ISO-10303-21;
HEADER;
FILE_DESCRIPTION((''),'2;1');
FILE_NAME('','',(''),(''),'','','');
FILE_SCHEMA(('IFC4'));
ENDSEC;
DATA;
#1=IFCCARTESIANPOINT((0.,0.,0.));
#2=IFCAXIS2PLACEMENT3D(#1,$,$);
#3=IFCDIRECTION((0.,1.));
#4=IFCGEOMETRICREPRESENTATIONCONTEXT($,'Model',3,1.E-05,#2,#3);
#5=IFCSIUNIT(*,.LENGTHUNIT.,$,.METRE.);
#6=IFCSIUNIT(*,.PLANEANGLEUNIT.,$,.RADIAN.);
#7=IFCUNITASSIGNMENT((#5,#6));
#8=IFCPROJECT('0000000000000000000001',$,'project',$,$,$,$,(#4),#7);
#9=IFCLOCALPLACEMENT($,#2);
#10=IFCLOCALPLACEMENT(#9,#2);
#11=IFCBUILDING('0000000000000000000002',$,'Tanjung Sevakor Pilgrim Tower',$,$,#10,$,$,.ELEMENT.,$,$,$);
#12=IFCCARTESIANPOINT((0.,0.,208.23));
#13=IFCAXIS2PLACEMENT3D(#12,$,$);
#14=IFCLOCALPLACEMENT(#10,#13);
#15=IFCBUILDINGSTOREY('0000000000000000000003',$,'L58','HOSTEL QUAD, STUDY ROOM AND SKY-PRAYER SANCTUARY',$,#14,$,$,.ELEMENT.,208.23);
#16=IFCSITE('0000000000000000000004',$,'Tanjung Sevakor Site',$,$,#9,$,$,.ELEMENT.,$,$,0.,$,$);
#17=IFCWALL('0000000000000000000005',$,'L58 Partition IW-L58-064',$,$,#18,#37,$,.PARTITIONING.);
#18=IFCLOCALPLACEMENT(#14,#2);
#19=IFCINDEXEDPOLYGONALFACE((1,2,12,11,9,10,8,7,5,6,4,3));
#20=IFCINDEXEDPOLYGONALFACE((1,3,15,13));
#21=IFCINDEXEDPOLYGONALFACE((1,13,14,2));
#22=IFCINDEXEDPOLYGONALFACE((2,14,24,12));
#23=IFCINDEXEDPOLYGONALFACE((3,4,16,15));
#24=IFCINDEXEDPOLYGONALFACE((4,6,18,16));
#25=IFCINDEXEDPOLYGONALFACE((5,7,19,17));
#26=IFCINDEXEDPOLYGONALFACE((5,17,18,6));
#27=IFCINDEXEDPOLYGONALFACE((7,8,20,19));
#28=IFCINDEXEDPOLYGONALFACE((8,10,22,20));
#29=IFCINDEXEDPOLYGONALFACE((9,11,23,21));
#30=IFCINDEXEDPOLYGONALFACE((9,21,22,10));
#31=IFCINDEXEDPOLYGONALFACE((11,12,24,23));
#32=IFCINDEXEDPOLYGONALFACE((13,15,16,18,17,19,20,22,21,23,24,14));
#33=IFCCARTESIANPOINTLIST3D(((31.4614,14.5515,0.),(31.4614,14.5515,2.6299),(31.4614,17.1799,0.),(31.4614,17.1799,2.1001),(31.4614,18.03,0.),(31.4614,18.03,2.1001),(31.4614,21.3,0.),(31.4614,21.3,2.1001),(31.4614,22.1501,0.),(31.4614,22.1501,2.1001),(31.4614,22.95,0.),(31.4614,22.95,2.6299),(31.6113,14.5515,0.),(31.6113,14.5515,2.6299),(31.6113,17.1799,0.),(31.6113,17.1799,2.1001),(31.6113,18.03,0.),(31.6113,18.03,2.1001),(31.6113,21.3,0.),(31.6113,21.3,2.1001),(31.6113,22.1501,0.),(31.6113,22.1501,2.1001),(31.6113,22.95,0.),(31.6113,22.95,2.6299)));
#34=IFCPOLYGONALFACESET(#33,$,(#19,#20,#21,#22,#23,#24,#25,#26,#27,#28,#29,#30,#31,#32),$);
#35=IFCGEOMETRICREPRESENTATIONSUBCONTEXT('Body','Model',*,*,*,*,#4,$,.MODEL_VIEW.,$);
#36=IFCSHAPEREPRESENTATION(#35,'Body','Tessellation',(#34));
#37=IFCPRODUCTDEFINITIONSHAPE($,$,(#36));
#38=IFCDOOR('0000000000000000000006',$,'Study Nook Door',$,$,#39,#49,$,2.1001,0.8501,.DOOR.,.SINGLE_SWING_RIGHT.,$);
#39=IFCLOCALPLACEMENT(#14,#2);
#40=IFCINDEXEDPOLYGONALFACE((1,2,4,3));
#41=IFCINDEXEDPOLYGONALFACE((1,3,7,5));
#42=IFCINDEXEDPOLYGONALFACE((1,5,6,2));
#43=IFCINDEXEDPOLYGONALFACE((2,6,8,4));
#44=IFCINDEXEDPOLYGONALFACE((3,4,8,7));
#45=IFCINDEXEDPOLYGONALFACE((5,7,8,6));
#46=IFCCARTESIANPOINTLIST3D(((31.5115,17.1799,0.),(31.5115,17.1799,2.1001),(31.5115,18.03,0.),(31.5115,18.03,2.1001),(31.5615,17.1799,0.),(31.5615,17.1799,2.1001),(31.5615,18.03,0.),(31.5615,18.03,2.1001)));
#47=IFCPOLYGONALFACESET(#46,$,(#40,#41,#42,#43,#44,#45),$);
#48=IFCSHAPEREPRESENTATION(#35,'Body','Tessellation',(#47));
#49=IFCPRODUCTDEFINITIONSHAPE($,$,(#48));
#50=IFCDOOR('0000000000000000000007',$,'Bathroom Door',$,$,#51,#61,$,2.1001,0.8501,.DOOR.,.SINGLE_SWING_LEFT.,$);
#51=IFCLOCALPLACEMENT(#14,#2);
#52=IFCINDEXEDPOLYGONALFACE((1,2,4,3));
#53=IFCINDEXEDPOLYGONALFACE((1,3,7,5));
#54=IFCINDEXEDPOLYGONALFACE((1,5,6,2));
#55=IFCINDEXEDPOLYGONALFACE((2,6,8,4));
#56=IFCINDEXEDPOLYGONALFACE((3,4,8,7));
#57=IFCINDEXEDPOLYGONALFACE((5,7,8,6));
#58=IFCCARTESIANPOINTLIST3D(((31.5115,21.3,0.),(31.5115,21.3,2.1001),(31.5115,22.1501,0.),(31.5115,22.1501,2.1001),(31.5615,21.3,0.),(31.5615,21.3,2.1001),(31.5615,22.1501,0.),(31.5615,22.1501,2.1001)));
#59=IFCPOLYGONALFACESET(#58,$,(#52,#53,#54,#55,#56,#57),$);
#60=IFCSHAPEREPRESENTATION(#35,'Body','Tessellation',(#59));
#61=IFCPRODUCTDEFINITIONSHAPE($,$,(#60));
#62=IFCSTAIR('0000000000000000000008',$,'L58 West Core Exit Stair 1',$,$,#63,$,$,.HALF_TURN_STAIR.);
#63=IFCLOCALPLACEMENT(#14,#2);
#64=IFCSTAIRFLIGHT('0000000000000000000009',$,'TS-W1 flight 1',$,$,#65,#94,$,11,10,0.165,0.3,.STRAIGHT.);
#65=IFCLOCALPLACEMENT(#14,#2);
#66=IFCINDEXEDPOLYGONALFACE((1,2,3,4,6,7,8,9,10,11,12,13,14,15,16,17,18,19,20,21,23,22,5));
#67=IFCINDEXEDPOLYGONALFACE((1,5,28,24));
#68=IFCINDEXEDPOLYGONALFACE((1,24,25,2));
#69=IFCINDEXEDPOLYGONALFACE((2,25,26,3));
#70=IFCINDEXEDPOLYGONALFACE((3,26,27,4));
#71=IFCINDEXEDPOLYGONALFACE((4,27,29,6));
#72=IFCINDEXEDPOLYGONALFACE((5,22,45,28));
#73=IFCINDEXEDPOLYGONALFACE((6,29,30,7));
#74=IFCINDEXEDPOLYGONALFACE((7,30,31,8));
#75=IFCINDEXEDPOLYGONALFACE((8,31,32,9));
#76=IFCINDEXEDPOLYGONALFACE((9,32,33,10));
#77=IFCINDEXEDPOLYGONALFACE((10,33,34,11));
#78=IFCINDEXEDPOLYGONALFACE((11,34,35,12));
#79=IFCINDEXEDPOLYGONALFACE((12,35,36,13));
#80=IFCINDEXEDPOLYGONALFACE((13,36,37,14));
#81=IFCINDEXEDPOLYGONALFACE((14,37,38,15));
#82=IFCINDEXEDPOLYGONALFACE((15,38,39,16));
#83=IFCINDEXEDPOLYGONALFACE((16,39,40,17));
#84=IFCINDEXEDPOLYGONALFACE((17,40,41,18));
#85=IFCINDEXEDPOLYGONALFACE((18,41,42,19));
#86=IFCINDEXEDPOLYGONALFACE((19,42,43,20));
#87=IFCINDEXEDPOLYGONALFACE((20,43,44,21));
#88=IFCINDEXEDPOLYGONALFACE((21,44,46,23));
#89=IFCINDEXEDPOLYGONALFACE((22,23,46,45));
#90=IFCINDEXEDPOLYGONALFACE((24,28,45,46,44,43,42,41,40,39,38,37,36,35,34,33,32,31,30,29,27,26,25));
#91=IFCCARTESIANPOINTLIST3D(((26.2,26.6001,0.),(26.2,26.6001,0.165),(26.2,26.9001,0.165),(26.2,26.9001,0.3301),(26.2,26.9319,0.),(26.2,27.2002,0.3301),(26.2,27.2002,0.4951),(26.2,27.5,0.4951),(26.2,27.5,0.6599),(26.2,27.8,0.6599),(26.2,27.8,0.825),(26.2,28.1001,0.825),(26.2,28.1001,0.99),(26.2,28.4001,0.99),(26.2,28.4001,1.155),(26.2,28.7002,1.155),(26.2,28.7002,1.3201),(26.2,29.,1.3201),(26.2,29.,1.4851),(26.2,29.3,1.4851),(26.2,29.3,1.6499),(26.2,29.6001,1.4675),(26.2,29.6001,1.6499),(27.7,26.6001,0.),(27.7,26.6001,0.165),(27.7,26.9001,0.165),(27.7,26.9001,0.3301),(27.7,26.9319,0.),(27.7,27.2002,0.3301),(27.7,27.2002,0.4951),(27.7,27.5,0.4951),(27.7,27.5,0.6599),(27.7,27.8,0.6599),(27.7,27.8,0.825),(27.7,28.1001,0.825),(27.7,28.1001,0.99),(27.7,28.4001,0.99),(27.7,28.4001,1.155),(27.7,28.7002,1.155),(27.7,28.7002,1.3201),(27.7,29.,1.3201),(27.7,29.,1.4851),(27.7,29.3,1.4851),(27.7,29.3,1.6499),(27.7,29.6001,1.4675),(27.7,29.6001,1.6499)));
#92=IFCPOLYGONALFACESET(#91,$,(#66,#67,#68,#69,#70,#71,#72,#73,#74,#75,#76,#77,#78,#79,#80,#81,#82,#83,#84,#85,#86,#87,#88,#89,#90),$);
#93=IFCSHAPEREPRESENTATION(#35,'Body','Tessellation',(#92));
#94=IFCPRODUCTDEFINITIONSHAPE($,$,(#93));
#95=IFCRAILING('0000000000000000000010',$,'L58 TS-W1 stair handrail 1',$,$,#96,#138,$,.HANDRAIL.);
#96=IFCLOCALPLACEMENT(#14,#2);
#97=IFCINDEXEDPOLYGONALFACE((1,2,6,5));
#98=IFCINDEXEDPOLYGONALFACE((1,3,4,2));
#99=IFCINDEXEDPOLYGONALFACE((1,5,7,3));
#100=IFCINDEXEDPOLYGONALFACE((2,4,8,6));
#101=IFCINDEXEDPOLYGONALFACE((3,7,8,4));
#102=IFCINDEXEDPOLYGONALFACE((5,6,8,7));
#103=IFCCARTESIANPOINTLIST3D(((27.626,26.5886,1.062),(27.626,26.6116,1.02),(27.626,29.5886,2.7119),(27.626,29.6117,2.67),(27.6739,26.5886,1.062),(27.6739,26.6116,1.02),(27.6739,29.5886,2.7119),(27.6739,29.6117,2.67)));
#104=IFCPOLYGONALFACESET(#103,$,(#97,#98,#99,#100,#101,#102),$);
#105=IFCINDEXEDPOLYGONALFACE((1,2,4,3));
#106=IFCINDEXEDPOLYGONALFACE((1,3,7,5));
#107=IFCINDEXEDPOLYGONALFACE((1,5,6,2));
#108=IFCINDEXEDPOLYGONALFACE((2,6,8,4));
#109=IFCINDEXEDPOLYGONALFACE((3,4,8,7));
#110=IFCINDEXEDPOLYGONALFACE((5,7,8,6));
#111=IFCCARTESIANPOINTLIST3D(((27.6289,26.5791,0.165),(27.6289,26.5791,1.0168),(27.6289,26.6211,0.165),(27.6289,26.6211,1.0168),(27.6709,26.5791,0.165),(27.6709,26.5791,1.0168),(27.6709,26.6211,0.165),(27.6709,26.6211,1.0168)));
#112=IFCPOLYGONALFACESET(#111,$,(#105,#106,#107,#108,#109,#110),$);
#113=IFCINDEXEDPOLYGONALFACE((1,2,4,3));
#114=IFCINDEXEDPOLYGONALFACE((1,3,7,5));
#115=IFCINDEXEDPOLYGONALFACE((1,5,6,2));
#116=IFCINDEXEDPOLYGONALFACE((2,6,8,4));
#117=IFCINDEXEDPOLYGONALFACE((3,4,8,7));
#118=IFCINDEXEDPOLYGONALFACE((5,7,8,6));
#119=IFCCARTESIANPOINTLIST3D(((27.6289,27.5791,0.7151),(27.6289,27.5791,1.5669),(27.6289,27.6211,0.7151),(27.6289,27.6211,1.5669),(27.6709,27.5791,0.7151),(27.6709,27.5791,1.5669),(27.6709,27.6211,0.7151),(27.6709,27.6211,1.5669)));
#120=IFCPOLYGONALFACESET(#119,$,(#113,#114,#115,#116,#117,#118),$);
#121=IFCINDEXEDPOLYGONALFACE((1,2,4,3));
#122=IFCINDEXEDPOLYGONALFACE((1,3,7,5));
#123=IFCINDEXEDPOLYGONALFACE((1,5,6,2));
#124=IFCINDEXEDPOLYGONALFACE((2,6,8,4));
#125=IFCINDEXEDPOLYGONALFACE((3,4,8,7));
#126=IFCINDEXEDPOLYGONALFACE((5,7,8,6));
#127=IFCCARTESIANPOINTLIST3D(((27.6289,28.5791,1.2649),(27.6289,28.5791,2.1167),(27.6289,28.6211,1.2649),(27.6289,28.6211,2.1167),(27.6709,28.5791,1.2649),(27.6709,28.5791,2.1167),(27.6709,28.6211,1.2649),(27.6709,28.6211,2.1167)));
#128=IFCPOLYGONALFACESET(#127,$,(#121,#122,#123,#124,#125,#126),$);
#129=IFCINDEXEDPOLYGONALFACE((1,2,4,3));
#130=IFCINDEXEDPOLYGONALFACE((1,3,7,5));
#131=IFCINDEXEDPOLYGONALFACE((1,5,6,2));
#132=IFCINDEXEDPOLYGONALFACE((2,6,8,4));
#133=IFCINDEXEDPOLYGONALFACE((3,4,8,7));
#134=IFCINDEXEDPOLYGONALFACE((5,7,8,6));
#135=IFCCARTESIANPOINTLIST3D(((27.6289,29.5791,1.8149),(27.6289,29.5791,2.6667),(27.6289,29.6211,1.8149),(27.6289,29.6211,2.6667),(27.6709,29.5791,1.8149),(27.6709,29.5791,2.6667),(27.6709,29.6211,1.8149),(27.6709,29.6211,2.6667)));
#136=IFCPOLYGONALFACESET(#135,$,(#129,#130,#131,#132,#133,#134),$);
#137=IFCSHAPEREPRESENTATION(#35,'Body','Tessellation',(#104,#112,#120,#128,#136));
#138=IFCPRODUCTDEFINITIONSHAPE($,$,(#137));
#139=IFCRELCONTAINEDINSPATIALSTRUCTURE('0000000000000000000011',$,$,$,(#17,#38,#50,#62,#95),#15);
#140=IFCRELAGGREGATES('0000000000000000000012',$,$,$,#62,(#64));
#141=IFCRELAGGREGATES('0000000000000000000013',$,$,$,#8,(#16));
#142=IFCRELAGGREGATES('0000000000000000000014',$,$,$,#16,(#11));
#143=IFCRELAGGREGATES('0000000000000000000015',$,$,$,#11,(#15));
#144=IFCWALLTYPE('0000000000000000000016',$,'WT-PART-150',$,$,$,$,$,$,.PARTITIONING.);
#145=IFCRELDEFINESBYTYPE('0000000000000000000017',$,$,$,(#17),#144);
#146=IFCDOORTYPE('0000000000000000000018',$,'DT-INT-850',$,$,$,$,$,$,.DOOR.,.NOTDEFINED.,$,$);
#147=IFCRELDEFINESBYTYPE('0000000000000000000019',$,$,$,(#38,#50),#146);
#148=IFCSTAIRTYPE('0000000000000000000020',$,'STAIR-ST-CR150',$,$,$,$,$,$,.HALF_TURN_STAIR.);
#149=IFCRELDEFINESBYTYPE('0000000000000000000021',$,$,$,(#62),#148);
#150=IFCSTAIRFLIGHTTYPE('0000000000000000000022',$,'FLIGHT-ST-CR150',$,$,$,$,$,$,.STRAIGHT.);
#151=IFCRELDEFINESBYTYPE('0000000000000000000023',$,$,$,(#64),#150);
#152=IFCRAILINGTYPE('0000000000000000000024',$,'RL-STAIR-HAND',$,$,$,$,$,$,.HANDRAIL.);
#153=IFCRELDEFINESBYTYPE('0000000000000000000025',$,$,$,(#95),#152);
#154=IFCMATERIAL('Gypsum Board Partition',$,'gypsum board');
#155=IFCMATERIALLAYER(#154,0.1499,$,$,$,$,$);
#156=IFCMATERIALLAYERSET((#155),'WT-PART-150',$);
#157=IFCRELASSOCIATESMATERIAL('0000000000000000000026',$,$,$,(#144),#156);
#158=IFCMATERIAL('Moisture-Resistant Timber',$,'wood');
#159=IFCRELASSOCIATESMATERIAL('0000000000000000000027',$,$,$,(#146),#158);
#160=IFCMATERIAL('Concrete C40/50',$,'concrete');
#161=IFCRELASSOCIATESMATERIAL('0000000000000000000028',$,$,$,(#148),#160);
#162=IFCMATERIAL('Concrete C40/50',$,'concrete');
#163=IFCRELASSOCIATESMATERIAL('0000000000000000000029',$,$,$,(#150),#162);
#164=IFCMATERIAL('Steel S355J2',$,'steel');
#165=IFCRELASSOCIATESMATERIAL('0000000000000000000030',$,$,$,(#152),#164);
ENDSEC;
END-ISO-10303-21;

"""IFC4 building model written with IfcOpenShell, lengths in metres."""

from ifc_helpers import new_model, si_unit, direction, frame, frame_2d, origin, place, context, subcontext, project, spatial, polyline, rectangle, outline, extrude, material, layer, layer_set, type_object, element, fill, aggregate, save


model = new_model("IFC4")

# Units and contexts
model_context = context("Model", 3, precision=1e-05, world=origin(), true_north=direction((0.0, 1.0)))
body_context = subcontext(model_context, "Body", "Model", "MODEL_VIEW")
ifc_project = project(units=[si_unit("LENGTHUNIT", "METRE"), si_unit("PLANEANGLEUNIT", "RADIAN")], contexts=[model_context])

# Site, building, storey
site_placement = place(None, origin())
site = spatial("IfcSite", under=ifc_project, at=site_placement, Name="Tanjung Sevakor Site", CompositionType="ELEMENT", RefElevation=0.0)
building_placement = place(site_placement, origin())
building = spatial("IfcBuilding", under=site, at=building_placement, Name="Tanjung Sevakor Pilgrim Tower", CompositionType="ELEMENT")
storey_placement = place(building_placement, frame((0.0, 0.0, 208.23)))
storey = spatial("IfcBuildingStorey", under=building, at=storey_placement, Name="L58", Description="HOSTEL QUAD, STUDY ROOM AND SKY-PRAYER SANCTUARY", CompositionType="ELEMENT", Elevation=208.23)

# Shared definitions
ifc_material_1 = material(Name="Gypsum Board Partition", Category="gypsum board")
ifc_layer_1 = layer(ifc_material_1, 0.1499)
ifc_layer_set_1 = layer_set([ifc_layer_1], Name="WT-PART-150")
wall_type_1 = type_object("IfcWallType", Name="WT-PART-150", PredefinedType="PARTITIONING", material=ifc_layer_set_1)

# Wall, openings, doors
wall_1_placement = place(storey_placement, frame((31.5364, 14.5515, 0.0), z_axis=(0.0, 0.0, 1.0), x_axis=(0.0, 1.0, 0.0)))
wall_1 = element("IfcWall", 1, at=wall_1_placement, inside=storey, type_object=wall_type_1, Name="L58 Partition IW-L58-064", PredefinedType="PARTITIONING", context=body_context, shape_type="SweptSolid", body=[
    extrude(rectangle(XDim=8.3984, YDim=0.1499, at=frame_2d((4.1992, 0.0))), origin(), (0.0, 0.0, 1.0), 2.6299),
])
opening_1_placement = place(wall_1_placement, frame((2.6284, 0.0, 0.0)))
opening_1 = element("IfcOpeningElement", 2, at=opening_1_placement, cuts=wall_1, PredefinedType="OPENING", context=body_context, shape_type="SweptSolid", body=[
    extrude(rectangle(XDim=0.8501, YDim=2.1001, at=frame_2d((0.425, 1.05))), frame((0.0, 0.085, 0.0), z_axis=(0.0, -1.0, 0.0), x_axis=(1.0, 0.0, 0.0)), (0.0, 0.0, 1.0), 0.1699),
])
opening_2_placement = place(wall_1_placement, frame((6.7485, 0.0, 0.0)))
opening_2 = element("IfcOpeningElement", 3, at=opening_2_placement, cuts=wall_1, PredefinedType="OPENING", context=body_context, shape_type="SweptSolid", body=[
    extrude(rectangle(XDim=0.8501, YDim=2.1001, at=frame_2d((0.425, 1.05))), frame((0.0, 0.085, 0.0), z_axis=(0.0, -1.0, 0.0), x_axis=(1.0, 0.0, 0.0)), (0.0, 0.0, 1.0), 0.1699),
])
ifc_material_2 = material(Name="Moisture-Resistant Timber", Category="wood")
door_type_1 = type_object("IfcDoorType", Name="DT-INT-850", OperationType="NOTDEFINED", PredefinedType="DOOR", material=ifc_material_2)
door_1_placement = place(opening_1_placement, origin())
door_1 = element("IfcDoor", 4, at=door_1_placement, inside=storey, type_object=door_type_1, Name="Study Nook Door", OperationType="SINGLE_SWING_RIGHT", OverallHeight=2.1001, OverallWidth=0.8501, PredefinedType="DOOR", context=body_context, shape_type="SweptSolid", body=[
    extrude(rectangle(XDim=0.8501, YDim=2.1001, at=frame_2d((0.425, 1.05))), frame((0.0, 0.0249, 0.0), z_axis=(0.0, -1.0, 0.0), x_axis=(1.0, 0.0, 0.0)), (0.0, 0.0, 1.0), 0.05),
])
fill(opening_1, door_1)
door_2_placement = place(opening_2_placement, origin())
door_2 = element("IfcDoor", 5, at=door_2_placement, inside=storey, type_object=door_type_1, Name="Bathroom Door", OperationType="SINGLE_SWING_LEFT", OverallHeight=2.1001, OverallWidth=0.8501, PredefinedType="DOOR", context=body_context, shape_type="SweptSolid", body=[
    extrude(rectangle(XDim=0.8501, YDim=2.1001, at=frame_2d((0.425, 1.05))), frame((0.0, 0.0249, 0.0), z_axis=(0.0, -1.0, 0.0), x_axis=(1.0, 0.0, 0.0)), (0.0, 0.0, 1.0), 0.05),
])
fill(opening_2, door_2)

# Stair, stair flight
ifc_material_3 = material(Name="Concrete C40/50", Category="concrete")
stair_type = type_object("IfcStairType", Name="STAIR-ST-CR150", PredefinedType="HALF_TURN_STAIR", material=ifc_material_3)
stair_placement = place(storey_placement, origin())
stair = element("IfcStair", 6, at=stair_placement, inside=storey, type_object=stair_type, Name="L58 West Core Exit Stair 1", PredefinedType="HALF_TURN_STAIR")
ifc_material_4 = material(Name="Concrete C40/50", Category="concrete")
stair_flight_type = type_object("IfcStairFlightType", Name="FLIGHT-ST-CR150", PredefinedType="STRAIGHT", material=ifc_material_4)
stair_flight_placement = place(storey_placement, frame((26.95, 26.6001, 0.0), z_axis=(0.0, 0.0, 1.0), x_axis=(0.0, 1.0, 0.0)))
stair_flight = element("IfcStairFlight", 7, at=stair_flight_placement, type_object=stair_flight_type, Name="TS-W1 flight 1", NumberOfRisers=11, NumberOfTreads=10, PredefinedType="STRAIGHT", RiserHeight=0.165, TreadLength=0.3, context=body_context, shape_type="SweptSolid", body=[
    extrude(outline(polyline([(0.0, 0.0), (0.0, 0.165), (0.3, 0.165), (0.3, 0.3301), (0.6001, 0.3301), (0.6001, 0.4951), (0.8999, 0.4951), (0.8999, 0.6599), (1.2, 0.6599), (1.2, 0.825), (1.5, 0.825), (1.5, 0.99), (1.8, 0.99), (1.8, 1.155), (2.1001, 1.155), (2.1001, 1.3201), (2.3999, 1.3201), (2.3999, 1.4851), (2.7, 1.4851), (2.7, 1.6499), (3.0, 1.6499), (3.0, 1.8149), (3.0, 1.4675), (0.3318, 0.0), (0.0, 0.0)])), frame((0.0, 0.75, 0.0), z_axis=(0.0, -1.0, 0.0), x_axis=(1.0, 0.0, 0.0)), (0.0, 0.0, 1.0), 1.5),
])
aggregate(stair, [stair_flight])

# Railing
ifc_material_5 = material(Name="Steel S355J2", Category="steel")
railing_type = type_object("IfcRailingType", Name="RL-STAIR-HAND", PredefinedType="HANDRAIL", material=ifc_material_5)
railing_placement = place(storey_placement, frame((27.6499, 26.6001, 0.165)))
element("IfcRailing", 8, at=railing_placement, inside=storey, type_object=railing_type, Name="L58 TS-W1 stair handrail 1", PredefinedType="HANDRAIL", context=body_context, shape_type="SweptSolid", body=[
    extrude(rectangle(XDim=0.0479, YDim=0.0479), frame((0.0, 0.0, 0.876), z_axis=(0.0, 0.876228, 0.481897), x_axis=(-1.0, 0.0, 0.0)), (0.0, 0.0, 1.0), 3.4238),
    extrude(rectangle(XDim=0.042, YDim=0.042), origin(), (0.0, 0.0, 1.0), 0.8518),
    extrude(rectangle(XDim=0.042, YDim=0.042), frame((0.0, 1.0, 0.55)), (0.0, 0.0, 1.0), 0.8518),
    extrude(rectangle(XDim=0.042, YDim=0.042), frame((0.0, 2.0, 1.0999)), (0.0, 0.0, 1.0), 0.8518),
    extrude(rectangle(XDim=0.042, YDim=0.042), frame((0.0, 3.0, 1.6499)), (0.0, 0.0, 1.0), 0.8518),
])

save(model, "model.ifc")
